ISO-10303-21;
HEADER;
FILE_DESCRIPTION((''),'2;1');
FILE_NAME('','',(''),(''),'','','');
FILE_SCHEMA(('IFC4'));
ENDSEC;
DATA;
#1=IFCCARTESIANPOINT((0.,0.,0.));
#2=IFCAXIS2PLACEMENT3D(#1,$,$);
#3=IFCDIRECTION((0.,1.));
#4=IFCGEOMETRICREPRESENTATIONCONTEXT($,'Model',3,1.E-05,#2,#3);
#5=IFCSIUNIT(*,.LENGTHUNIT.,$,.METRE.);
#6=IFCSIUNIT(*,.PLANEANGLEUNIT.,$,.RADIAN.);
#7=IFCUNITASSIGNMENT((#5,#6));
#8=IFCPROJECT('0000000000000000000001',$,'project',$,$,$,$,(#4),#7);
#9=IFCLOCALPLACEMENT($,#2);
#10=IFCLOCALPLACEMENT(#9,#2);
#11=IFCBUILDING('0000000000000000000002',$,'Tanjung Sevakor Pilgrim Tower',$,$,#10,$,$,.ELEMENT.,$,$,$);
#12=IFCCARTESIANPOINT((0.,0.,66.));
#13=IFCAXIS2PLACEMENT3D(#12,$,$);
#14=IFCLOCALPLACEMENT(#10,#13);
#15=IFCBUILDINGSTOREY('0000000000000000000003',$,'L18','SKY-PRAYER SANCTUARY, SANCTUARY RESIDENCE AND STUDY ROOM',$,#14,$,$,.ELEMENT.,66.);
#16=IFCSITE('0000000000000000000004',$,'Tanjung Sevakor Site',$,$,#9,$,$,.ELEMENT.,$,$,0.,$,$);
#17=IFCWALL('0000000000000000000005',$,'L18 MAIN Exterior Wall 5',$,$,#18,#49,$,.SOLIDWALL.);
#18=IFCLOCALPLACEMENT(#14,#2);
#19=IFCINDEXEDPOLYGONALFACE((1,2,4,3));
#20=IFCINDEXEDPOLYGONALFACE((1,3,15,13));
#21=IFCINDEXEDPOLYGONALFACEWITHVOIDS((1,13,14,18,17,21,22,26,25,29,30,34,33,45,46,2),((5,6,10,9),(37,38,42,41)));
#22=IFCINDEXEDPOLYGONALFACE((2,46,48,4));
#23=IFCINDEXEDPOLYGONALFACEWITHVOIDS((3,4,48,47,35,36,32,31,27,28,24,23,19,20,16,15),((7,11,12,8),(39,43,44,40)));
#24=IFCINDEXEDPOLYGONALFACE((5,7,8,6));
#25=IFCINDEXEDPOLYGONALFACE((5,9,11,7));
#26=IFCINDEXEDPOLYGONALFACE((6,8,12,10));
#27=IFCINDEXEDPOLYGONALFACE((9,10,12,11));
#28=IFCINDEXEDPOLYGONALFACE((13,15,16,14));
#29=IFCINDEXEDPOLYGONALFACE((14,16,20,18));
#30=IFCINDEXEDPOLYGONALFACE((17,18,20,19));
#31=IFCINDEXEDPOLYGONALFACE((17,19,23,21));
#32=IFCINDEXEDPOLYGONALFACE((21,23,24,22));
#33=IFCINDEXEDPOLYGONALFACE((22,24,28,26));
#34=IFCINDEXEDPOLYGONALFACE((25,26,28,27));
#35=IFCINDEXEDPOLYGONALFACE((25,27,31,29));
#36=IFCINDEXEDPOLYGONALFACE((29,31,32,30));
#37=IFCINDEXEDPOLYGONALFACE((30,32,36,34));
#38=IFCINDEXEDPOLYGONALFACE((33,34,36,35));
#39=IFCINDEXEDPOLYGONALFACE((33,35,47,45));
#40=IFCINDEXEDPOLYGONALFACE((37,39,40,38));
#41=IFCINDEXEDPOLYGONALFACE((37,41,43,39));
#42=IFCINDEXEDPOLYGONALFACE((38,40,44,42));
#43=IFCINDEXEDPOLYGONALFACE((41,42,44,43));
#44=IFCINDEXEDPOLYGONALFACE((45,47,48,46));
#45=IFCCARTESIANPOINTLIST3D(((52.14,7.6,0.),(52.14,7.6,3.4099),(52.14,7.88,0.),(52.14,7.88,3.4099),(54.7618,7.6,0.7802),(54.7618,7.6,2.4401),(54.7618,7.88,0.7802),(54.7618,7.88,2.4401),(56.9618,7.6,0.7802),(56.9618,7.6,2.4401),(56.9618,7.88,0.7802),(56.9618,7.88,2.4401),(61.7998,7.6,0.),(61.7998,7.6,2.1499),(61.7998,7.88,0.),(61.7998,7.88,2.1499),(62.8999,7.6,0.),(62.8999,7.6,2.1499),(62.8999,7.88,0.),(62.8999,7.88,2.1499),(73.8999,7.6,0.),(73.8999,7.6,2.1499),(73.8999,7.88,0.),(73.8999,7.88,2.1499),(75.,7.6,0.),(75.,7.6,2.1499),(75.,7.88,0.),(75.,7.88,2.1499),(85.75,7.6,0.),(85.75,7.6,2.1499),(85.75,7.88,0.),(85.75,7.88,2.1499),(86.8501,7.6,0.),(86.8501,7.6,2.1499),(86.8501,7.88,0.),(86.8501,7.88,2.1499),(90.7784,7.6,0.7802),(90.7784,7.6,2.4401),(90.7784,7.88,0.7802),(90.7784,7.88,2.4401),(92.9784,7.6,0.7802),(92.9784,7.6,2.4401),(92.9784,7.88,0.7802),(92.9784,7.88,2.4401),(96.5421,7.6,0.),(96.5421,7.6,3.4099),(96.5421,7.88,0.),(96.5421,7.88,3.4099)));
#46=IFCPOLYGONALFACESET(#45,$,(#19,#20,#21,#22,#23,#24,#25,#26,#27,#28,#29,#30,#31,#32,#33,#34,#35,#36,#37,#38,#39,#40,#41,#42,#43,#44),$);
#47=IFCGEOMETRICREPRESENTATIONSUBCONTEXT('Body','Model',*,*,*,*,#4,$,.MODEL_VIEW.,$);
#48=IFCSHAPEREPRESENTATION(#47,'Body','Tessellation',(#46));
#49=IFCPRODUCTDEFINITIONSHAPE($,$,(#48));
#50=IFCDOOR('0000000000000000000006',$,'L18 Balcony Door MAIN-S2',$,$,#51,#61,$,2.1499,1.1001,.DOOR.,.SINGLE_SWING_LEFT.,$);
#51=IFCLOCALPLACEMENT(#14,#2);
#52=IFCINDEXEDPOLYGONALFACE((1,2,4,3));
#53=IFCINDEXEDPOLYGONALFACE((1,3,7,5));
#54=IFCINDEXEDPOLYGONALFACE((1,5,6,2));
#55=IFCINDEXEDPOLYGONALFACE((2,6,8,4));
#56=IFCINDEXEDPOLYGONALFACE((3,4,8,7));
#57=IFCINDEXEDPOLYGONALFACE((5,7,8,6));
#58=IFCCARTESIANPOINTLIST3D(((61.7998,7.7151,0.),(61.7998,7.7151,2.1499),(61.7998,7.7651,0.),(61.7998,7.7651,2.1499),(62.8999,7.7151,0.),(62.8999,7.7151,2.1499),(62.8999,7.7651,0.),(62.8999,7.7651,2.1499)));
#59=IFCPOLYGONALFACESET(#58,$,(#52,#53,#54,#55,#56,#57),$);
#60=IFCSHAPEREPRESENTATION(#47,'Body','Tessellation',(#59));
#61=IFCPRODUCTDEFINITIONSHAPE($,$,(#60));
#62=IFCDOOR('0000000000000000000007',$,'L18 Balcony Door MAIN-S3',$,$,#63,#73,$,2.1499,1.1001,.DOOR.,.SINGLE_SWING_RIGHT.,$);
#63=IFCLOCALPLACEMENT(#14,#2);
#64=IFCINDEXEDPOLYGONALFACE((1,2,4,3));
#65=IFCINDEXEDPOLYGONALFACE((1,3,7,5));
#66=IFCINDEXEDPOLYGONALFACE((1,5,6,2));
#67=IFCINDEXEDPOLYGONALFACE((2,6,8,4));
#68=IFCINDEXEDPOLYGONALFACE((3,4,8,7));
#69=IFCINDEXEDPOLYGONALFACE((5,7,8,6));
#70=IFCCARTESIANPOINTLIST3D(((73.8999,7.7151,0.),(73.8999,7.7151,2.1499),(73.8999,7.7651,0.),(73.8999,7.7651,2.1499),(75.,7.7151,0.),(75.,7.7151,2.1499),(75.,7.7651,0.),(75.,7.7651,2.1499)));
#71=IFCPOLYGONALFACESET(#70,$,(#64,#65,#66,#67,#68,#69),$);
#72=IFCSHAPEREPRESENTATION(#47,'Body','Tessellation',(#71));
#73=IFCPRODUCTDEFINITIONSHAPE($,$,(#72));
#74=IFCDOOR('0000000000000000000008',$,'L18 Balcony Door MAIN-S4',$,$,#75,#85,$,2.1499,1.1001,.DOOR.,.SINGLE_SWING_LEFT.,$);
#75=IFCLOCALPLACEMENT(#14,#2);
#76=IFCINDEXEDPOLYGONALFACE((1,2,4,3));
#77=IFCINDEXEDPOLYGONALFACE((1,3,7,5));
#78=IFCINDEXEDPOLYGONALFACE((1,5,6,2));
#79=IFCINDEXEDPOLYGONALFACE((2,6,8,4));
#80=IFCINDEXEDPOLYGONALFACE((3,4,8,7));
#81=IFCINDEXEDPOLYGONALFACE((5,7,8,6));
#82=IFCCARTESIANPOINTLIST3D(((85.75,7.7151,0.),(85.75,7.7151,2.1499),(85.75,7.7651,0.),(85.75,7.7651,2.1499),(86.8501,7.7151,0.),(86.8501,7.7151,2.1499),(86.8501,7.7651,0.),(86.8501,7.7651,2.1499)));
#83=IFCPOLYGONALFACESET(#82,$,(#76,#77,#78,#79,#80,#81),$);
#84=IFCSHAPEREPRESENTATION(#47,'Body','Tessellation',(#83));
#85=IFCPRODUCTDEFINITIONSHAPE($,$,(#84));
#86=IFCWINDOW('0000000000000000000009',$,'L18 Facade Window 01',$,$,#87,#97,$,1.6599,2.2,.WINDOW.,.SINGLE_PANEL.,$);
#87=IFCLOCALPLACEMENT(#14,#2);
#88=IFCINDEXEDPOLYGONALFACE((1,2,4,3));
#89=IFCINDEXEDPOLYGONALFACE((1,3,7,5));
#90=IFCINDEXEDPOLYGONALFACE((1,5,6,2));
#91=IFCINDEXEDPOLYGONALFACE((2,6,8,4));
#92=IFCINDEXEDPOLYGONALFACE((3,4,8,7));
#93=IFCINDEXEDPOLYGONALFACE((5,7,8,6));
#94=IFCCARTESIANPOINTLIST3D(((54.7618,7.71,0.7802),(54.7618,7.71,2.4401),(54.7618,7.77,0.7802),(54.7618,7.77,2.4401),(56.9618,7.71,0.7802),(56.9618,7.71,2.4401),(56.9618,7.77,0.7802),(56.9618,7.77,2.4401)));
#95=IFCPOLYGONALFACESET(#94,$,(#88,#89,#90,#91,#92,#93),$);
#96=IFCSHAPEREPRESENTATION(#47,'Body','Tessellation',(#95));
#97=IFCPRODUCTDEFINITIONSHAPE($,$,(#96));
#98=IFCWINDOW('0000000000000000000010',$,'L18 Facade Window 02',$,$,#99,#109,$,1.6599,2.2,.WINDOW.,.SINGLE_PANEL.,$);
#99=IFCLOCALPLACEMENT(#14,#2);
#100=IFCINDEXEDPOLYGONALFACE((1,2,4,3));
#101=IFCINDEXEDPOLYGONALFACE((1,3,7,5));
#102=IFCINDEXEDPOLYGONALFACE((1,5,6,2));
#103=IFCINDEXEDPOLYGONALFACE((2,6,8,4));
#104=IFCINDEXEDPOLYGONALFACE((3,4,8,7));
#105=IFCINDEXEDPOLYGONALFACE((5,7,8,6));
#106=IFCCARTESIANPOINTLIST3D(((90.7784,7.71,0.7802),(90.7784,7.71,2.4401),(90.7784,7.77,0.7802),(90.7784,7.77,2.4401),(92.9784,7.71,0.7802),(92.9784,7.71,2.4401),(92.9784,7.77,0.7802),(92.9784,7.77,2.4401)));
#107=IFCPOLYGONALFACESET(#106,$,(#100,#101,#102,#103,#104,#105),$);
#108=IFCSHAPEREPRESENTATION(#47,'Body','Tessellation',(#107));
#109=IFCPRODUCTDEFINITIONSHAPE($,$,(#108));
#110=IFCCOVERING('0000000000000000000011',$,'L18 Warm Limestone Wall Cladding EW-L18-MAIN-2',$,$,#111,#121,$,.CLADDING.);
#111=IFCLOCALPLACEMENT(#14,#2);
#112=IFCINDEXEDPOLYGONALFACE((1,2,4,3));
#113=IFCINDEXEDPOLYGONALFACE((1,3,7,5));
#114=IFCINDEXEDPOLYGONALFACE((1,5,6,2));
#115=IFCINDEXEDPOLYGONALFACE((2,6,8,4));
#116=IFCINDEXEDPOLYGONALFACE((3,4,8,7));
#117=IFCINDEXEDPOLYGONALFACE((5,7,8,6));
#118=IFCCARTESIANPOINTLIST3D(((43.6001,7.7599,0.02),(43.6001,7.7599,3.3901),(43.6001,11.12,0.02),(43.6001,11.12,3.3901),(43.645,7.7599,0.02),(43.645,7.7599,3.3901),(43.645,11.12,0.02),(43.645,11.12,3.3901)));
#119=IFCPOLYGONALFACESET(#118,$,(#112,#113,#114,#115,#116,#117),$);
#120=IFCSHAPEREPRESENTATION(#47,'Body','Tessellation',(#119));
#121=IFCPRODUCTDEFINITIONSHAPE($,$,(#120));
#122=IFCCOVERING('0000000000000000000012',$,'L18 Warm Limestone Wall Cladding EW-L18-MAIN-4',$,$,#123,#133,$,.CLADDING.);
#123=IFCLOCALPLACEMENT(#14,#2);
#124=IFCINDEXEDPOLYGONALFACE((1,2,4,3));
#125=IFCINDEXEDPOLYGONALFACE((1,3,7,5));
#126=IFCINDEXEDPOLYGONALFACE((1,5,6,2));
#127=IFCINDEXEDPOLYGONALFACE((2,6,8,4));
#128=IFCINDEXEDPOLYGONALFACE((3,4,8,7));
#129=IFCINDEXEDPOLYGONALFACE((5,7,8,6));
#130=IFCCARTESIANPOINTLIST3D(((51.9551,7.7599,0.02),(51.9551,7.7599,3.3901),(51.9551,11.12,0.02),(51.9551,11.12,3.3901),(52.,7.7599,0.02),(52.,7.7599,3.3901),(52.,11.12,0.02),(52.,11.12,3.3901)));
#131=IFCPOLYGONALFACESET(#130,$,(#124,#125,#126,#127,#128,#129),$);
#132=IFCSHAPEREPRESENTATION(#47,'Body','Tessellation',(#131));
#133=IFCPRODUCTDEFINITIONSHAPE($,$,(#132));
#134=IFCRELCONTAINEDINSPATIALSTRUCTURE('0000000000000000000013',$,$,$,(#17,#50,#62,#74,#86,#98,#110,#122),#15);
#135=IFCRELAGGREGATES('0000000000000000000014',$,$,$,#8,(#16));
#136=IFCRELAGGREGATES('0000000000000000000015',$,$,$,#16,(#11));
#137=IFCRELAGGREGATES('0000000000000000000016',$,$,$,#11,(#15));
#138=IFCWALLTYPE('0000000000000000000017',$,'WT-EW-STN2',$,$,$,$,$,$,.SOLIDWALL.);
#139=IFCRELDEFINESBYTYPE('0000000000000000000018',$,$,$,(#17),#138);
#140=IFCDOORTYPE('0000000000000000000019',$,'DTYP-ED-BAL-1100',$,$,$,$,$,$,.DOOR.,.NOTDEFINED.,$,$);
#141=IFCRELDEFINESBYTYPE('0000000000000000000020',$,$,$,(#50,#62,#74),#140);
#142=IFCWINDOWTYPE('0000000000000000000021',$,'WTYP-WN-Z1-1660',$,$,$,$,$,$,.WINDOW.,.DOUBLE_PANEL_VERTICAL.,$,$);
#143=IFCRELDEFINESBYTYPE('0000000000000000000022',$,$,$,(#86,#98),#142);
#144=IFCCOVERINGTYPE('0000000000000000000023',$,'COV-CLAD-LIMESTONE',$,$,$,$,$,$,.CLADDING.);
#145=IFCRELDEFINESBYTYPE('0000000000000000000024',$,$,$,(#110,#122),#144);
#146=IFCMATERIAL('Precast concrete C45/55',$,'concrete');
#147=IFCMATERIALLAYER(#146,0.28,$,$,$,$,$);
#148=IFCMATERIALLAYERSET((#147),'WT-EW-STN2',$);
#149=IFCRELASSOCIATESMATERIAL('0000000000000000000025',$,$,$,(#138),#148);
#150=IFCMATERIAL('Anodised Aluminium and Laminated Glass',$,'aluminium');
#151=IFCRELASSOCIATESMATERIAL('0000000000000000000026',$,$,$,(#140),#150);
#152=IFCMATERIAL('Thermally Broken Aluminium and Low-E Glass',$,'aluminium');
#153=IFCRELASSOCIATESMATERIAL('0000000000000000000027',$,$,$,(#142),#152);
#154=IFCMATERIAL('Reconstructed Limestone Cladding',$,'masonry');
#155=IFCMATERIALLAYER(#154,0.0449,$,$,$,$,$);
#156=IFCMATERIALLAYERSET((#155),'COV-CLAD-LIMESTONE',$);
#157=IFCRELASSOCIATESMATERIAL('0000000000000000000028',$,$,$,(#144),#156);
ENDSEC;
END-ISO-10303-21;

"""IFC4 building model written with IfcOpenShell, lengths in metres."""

from ifc_helpers import new_model, si_unit, direction, frame, frame_2d, origin, origin_2d, place, context, subcontext, project, spatial, rectangle, extrude, material, layer, layer_set, type_object, element, fill, save


model = new_model("IFC4")

# Units and contexts
model_context = context("Model", 3, precision=1e-05, world=origin(), true_north=direction((0.0, 1.0)))
body_context = subcontext(model_context, "Body", "Model", "MODEL_VIEW")
ifc_project = project(units=[si_unit("LENGTHUNIT", "METRE"), si_unit("PLANEANGLEUNIT", "RADIAN")], contexts=[model_context])

# Site, building, storey
site_placement = place(None, origin())
site = spatial("IfcSite", under=ifc_project, at=site_placement, Name="Tanjung Sevakor Site", CompositionType="ELEMENT", RefElevation=0.0)
building_placement = place(site_placement, origin())
building = spatial("IfcBuilding", under=site, at=building_placement, Name="Tanjung Sevakor Pilgrim Tower", CompositionType="ELEMENT")
storey_placement = place(building_placement, frame((0.0, 0.0, 66.0)))
storey = spatial("IfcBuildingStorey", under=building, at=storey_placement, Name="L18", Description="SKY-PRAYER SANCTUARY, SANCTUARY RESIDENCE AND STUDY ROOM", CompositionType="ELEMENT", Elevation=66.0)

# Shared definitions
ifc_material_1 = material(Name="Precast concrete C45/55", Category="concrete")
ifc_layer_1 = layer(ifc_material_1, 0.28)
ifc_layer_set_1 = layer_set([ifc_layer_1], Name="WT-EW-STN2")
wall_type_1 = type_object("IfcWallType", Name="WT-EW-STN2", PredefinedType="SOLIDWALL", material=ifc_layer_set_1)

# Wall, openings, doors, windows
wall_1_placement = place(storey_placement, frame((52.1399, 7.74, 0.0), z_axis=(0.0, 0.0, 1.0), x_axis=(1.0, 0.0, 0.0)))
wall_1 = element("IfcWall", 1, at=wall_1_placement, inside=storey, type_object=wall_type_1, Name="L18 MAIN Exterior Wall 5", PredefinedType="SOLIDWALL", context=body_context, shape_type="SweptSolid", body=[
    extrude(rectangle(XDim=44.4021, YDim=0.28, at=frame_2d((22.2012, 0.0))), origin(), (0.0, 0.0, 1.0), 3.4099),
])
opening_1_placement = place(wall_1_placement, frame((9.6599, 0.0, 0.0)))
opening_1 = element("IfcOpeningElement", 2, at=opening_1_placement, cuts=wall_1, PredefinedType="OPENING", context=body_context, shape_type="SweptSolid", body=[
    extrude(rectangle(XDim=1.1001, YDim=2.1499, at=frame_2d((0.55, 1.075))), frame((0.0, 0.1499, 0.0), z_axis=(0.0, -1.0, 0.0), x_axis=(1.0, 0.0, 0.0)), (0.0, 0.0, 1.0), 0.3),
])
opening_2_placement = place(wall_1_placement, frame((21.76, 0.0, 0.0)))
opening_2 = element("IfcOpeningElement", 3, at=opening_2_placement, cuts=wall_1, PredefinedType="OPENING", context=body_context, shape_type="SweptSolid", body=[
    extrude(rectangle(XDim=1.1001, YDim=2.1499, at=frame_2d((0.55, 1.075))), frame((0.0, 0.1499, 0.0), z_axis=(0.0, -1.0, 0.0), x_axis=(1.0, 0.0, 0.0)), (0.0, 0.0, 1.0), 0.3),
])
opening_3_placement = place(wall_1_placement, frame((33.6101, 0.0, 0.0)))
opening_3 = element("IfcOpeningElement", 4, at=opening_3_placement, cuts=wall_1, PredefinedType="OPENING", context=body_context, shape_type="SweptSolid", body=[
    extrude(rectangle(XDim=1.1001, YDim=2.1499, at=frame_2d((0.55, 1.075))), frame((0.0, 0.1499, 0.0), z_axis=(0.0, -1.0, 0.0), x_axis=(1.0, 0.0, 0.0)), (0.0, 0.0, 1.0), 0.3),
])
opening_4_placement = place(wall_1_placement, frame((2.6218, 0.0, 0.78)))
opening_4 = element("IfcOpeningElement", 5, at=opening_4_placement, cuts=wall_1, PredefinedType="OPENING", context=body_context, shape_type="SweptSolid", body=[
    extrude(rectangle(XDim=2.2, YDim=1.6599, at=frame_2d((1.1001, 0.8301))), frame((0.0, 0.1499, 0.0), z_axis=(0.0, -1.0, 0.0), x_axis=(1.0, 0.0, 0.0)), (0.0, 0.0, 1.0), 0.3),
])
opening_5_placement = place(wall_1_placement, frame((38.6384, 0.0, 0.78)))
opening_5 = element("IfcOpeningElement", 6, at=opening_5_placement, cuts=wall_1, PredefinedType="OPENING", context=body_context, shape_type="SweptSolid", body=[
    extrude(rectangle(XDim=2.2, YDim=1.6599, at=frame_2d((1.1001, 0.8301))), frame((0.0, 0.1499, 0.0), z_axis=(0.0, -1.0, 0.0), x_axis=(1.0, 0.0, 0.0)), (0.0, 0.0, 1.0), 0.3),
])
ifc_material_2 = material(Name="Anodised Aluminium and Laminated Glass", Category="aluminium")
door_type = type_object("IfcDoorType", Name="DTYP-ED-BAL-1100", OperationType="NOTDEFINED", PredefinedType="DOOR", material=ifc_material_2)
door_1_placement = place(opening_1_placement, frame((1.1001, 0.0, 0.0), z_axis=(0.0, 0.0, 1.0), x_axis=(-1.0, 0.0, 0.0)))
door_1 = element("IfcDoor", 7, at=door_1_placement, inside=storey, type_object=door_type, Name="L18 Balcony Door MAIN-S2", OperationType="SINGLE_SWING_LEFT", OverallHeight=2.1499, OverallWidth=1.1001, PredefinedType="DOOR", context=body_context, shape_type="SweptSolid", body=[
    extrude(rectangle(XDim=1.1001, YDim=2.1499, at=frame_2d((0.55, 1.075))), frame((0.0, 0.0249, 0.0), z_axis=(0.0, -1.0, 0.0), x_axis=(1.0, 0.0, 0.0)), (0.0, 0.0, 1.0), 0.05),
])
fill(opening_1, door_1)
door_2_placement = place(opening_2_placement, frame((1.1001, 0.0, 0.0), z_axis=(0.0, 0.0, 1.0), x_axis=(-1.0, 0.0, 0.0)))
door_2 = element("IfcDoor", 8, at=door_2_placement, inside=storey, type_object=door_type, Name="L18 Balcony Door MAIN-S3", OperationType="SINGLE_SWING_RIGHT", OverallHeight=2.1499, OverallWidth=1.1001, PredefinedType="DOOR", context=body_context, shape_type="SweptSolid", body=[
    extrude(rectangle(XDim=1.1001, YDim=2.1499, at=frame_2d((0.55, 1.075))), frame((0.0, 0.0249, 0.0), z_axis=(0.0, -1.0, 0.0), x_axis=(1.0, 0.0, 0.0)), (0.0, 0.0, 1.0), 0.05),
])
fill(opening_2, door_2)
door_3_placement = place(opening_3_placement, frame((1.1001, 0.0, 0.0), z_axis=(0.0, 0.0, 1.0), x_axis=(-1.0, 0.0, 0.0)))
door_3 = element("IfcDoor", 9, at=door_3_placement, inside=storey, type_object=door_type, Name="L18 Balcony Door MAIN-S4", OperationType="SINGLE_SWING_LEFT", OverallHeight=2.1499, OverallWidth=1.1001, PredefinedType="DOOR", context=body_context, shape_type="SweptSolid", body=[
    extrude(rectangle(XDim=1.1001, YDim=2.1499, at=frame_2d((0.55, 1.075))), frame((0.0, 0.0249, 0.0), z_axis=(0.0, -1.0, 0.0), x_axis=(1.0, 0.0, 0.0)), (0.0, 0.0, 1.0), 0.05),
])
fill(opening_3, door_3)
ifc_material_3 = material(Name="Thermally Broken Aluminium and Low-E Glass", Category="aluminium")
window_type = type_object("IfcWindowType", Name="WTYP-WN-Z1-1660", PartitioningType="DOUBLE_PANEL_VERTICAL", PredefinedType="WINDOW", material=ifc_material_3)
window_1_placement = place(opening_4_placement, origin())
window_1 = element("IfcWindow", 10, at=window_1_placement, inside=storey, type_object=window_type, Name="L18 Facade Window 01", OverallHeight=1.6599, OverallWidth=2.2, PartitioningType="SINGLE_PANEL", PredefinedType="WINDOW", context=body_context, shape_type="SweptSolid", body=[
    extrude(rectangle(XDim=2.2, YDim=1.6599, at=frame_2d((1.1001, 0.8301))), frame((0.0, 0.03, 0.0), z_axis=(0.0, -1.0, 0.0), x_axis=(1.0, 0.0, 0.0)), (0.0, 0.0, 1.0), 0.0601),
])
fill(opening_4, window_1)
window_2_placement = place(opening_5_placement, origin())
window_2 = element("IfcWindow", 11, at=window_2_placement, inside=storey, type_object=window_type, Name="L18 Facade Window 02", OverallHeight=1.6599, OverallWidth=2.2, PartitioningType="SINGLE_PANEL", PredefinedType="WINDOW", context=body_context, shape_type="SweptSolid", body=[
    extrude(rectangle(XDim=2.2, YDim=1.6599, at=frame_2d((1.1001, 0.8301))), frame((0.0, 0.03, 0.0), z_axis=(0.0, -1.0, 0.0), x_axis=(1.0, 0.0, 0.0)), (0.0, 0.0, 1.0), 0.0601),
])
fill(opening_5, window_2)

# Coverings
ifc_material_4 = material(Name="Reconstructed Limestone Cladding", Category="masonry")
ifc_layer_2 = layer(ifc_material_4, 0.0449)
ifc_layer_set_2 = layer_set([ifc_layer_2], Name="COV-CLAD-LIMESTONE")
covering_type = type_object("IfcCoveringType", Name="COV-CLAD-LIMESTONE", PredefinedType="CLADDING", material=ifc_layer_set_2)
for number, where, z_axis, x_axis, name in (
    (12, (43.6226, 9.4399, 0.02), (0.0, 0.0, 1.0), (0.0, 1.0, 0.0), "L18 Warm Limestone Wall Cladding EW-L18-MAIN-2"),
    (13, (51.9775, 9.4399, 0.02), (0.0, 0.0, 1.0), (0.0, -1.0, 0.0), "L18 Warm Limestone Wall Cladding EW-L18-MAIN-4"),
):
    element("IfcCovering", number, at=place(storey_placement, frame(where, z_axis=z_axis, x_axis=x_axis)), inside=storey, type_object=covering_type, Name=name, PredefinedType="CLADDING", context=body_context, shape_type="SweptSolid", body=[
        extrude(rectangle(XDim=3.3601, YDim=0.0449, at=origin_2d()), origin(), (0.0, 0.0, 1.0), 3.3701),
    ])

save(model, "model.ifc")
